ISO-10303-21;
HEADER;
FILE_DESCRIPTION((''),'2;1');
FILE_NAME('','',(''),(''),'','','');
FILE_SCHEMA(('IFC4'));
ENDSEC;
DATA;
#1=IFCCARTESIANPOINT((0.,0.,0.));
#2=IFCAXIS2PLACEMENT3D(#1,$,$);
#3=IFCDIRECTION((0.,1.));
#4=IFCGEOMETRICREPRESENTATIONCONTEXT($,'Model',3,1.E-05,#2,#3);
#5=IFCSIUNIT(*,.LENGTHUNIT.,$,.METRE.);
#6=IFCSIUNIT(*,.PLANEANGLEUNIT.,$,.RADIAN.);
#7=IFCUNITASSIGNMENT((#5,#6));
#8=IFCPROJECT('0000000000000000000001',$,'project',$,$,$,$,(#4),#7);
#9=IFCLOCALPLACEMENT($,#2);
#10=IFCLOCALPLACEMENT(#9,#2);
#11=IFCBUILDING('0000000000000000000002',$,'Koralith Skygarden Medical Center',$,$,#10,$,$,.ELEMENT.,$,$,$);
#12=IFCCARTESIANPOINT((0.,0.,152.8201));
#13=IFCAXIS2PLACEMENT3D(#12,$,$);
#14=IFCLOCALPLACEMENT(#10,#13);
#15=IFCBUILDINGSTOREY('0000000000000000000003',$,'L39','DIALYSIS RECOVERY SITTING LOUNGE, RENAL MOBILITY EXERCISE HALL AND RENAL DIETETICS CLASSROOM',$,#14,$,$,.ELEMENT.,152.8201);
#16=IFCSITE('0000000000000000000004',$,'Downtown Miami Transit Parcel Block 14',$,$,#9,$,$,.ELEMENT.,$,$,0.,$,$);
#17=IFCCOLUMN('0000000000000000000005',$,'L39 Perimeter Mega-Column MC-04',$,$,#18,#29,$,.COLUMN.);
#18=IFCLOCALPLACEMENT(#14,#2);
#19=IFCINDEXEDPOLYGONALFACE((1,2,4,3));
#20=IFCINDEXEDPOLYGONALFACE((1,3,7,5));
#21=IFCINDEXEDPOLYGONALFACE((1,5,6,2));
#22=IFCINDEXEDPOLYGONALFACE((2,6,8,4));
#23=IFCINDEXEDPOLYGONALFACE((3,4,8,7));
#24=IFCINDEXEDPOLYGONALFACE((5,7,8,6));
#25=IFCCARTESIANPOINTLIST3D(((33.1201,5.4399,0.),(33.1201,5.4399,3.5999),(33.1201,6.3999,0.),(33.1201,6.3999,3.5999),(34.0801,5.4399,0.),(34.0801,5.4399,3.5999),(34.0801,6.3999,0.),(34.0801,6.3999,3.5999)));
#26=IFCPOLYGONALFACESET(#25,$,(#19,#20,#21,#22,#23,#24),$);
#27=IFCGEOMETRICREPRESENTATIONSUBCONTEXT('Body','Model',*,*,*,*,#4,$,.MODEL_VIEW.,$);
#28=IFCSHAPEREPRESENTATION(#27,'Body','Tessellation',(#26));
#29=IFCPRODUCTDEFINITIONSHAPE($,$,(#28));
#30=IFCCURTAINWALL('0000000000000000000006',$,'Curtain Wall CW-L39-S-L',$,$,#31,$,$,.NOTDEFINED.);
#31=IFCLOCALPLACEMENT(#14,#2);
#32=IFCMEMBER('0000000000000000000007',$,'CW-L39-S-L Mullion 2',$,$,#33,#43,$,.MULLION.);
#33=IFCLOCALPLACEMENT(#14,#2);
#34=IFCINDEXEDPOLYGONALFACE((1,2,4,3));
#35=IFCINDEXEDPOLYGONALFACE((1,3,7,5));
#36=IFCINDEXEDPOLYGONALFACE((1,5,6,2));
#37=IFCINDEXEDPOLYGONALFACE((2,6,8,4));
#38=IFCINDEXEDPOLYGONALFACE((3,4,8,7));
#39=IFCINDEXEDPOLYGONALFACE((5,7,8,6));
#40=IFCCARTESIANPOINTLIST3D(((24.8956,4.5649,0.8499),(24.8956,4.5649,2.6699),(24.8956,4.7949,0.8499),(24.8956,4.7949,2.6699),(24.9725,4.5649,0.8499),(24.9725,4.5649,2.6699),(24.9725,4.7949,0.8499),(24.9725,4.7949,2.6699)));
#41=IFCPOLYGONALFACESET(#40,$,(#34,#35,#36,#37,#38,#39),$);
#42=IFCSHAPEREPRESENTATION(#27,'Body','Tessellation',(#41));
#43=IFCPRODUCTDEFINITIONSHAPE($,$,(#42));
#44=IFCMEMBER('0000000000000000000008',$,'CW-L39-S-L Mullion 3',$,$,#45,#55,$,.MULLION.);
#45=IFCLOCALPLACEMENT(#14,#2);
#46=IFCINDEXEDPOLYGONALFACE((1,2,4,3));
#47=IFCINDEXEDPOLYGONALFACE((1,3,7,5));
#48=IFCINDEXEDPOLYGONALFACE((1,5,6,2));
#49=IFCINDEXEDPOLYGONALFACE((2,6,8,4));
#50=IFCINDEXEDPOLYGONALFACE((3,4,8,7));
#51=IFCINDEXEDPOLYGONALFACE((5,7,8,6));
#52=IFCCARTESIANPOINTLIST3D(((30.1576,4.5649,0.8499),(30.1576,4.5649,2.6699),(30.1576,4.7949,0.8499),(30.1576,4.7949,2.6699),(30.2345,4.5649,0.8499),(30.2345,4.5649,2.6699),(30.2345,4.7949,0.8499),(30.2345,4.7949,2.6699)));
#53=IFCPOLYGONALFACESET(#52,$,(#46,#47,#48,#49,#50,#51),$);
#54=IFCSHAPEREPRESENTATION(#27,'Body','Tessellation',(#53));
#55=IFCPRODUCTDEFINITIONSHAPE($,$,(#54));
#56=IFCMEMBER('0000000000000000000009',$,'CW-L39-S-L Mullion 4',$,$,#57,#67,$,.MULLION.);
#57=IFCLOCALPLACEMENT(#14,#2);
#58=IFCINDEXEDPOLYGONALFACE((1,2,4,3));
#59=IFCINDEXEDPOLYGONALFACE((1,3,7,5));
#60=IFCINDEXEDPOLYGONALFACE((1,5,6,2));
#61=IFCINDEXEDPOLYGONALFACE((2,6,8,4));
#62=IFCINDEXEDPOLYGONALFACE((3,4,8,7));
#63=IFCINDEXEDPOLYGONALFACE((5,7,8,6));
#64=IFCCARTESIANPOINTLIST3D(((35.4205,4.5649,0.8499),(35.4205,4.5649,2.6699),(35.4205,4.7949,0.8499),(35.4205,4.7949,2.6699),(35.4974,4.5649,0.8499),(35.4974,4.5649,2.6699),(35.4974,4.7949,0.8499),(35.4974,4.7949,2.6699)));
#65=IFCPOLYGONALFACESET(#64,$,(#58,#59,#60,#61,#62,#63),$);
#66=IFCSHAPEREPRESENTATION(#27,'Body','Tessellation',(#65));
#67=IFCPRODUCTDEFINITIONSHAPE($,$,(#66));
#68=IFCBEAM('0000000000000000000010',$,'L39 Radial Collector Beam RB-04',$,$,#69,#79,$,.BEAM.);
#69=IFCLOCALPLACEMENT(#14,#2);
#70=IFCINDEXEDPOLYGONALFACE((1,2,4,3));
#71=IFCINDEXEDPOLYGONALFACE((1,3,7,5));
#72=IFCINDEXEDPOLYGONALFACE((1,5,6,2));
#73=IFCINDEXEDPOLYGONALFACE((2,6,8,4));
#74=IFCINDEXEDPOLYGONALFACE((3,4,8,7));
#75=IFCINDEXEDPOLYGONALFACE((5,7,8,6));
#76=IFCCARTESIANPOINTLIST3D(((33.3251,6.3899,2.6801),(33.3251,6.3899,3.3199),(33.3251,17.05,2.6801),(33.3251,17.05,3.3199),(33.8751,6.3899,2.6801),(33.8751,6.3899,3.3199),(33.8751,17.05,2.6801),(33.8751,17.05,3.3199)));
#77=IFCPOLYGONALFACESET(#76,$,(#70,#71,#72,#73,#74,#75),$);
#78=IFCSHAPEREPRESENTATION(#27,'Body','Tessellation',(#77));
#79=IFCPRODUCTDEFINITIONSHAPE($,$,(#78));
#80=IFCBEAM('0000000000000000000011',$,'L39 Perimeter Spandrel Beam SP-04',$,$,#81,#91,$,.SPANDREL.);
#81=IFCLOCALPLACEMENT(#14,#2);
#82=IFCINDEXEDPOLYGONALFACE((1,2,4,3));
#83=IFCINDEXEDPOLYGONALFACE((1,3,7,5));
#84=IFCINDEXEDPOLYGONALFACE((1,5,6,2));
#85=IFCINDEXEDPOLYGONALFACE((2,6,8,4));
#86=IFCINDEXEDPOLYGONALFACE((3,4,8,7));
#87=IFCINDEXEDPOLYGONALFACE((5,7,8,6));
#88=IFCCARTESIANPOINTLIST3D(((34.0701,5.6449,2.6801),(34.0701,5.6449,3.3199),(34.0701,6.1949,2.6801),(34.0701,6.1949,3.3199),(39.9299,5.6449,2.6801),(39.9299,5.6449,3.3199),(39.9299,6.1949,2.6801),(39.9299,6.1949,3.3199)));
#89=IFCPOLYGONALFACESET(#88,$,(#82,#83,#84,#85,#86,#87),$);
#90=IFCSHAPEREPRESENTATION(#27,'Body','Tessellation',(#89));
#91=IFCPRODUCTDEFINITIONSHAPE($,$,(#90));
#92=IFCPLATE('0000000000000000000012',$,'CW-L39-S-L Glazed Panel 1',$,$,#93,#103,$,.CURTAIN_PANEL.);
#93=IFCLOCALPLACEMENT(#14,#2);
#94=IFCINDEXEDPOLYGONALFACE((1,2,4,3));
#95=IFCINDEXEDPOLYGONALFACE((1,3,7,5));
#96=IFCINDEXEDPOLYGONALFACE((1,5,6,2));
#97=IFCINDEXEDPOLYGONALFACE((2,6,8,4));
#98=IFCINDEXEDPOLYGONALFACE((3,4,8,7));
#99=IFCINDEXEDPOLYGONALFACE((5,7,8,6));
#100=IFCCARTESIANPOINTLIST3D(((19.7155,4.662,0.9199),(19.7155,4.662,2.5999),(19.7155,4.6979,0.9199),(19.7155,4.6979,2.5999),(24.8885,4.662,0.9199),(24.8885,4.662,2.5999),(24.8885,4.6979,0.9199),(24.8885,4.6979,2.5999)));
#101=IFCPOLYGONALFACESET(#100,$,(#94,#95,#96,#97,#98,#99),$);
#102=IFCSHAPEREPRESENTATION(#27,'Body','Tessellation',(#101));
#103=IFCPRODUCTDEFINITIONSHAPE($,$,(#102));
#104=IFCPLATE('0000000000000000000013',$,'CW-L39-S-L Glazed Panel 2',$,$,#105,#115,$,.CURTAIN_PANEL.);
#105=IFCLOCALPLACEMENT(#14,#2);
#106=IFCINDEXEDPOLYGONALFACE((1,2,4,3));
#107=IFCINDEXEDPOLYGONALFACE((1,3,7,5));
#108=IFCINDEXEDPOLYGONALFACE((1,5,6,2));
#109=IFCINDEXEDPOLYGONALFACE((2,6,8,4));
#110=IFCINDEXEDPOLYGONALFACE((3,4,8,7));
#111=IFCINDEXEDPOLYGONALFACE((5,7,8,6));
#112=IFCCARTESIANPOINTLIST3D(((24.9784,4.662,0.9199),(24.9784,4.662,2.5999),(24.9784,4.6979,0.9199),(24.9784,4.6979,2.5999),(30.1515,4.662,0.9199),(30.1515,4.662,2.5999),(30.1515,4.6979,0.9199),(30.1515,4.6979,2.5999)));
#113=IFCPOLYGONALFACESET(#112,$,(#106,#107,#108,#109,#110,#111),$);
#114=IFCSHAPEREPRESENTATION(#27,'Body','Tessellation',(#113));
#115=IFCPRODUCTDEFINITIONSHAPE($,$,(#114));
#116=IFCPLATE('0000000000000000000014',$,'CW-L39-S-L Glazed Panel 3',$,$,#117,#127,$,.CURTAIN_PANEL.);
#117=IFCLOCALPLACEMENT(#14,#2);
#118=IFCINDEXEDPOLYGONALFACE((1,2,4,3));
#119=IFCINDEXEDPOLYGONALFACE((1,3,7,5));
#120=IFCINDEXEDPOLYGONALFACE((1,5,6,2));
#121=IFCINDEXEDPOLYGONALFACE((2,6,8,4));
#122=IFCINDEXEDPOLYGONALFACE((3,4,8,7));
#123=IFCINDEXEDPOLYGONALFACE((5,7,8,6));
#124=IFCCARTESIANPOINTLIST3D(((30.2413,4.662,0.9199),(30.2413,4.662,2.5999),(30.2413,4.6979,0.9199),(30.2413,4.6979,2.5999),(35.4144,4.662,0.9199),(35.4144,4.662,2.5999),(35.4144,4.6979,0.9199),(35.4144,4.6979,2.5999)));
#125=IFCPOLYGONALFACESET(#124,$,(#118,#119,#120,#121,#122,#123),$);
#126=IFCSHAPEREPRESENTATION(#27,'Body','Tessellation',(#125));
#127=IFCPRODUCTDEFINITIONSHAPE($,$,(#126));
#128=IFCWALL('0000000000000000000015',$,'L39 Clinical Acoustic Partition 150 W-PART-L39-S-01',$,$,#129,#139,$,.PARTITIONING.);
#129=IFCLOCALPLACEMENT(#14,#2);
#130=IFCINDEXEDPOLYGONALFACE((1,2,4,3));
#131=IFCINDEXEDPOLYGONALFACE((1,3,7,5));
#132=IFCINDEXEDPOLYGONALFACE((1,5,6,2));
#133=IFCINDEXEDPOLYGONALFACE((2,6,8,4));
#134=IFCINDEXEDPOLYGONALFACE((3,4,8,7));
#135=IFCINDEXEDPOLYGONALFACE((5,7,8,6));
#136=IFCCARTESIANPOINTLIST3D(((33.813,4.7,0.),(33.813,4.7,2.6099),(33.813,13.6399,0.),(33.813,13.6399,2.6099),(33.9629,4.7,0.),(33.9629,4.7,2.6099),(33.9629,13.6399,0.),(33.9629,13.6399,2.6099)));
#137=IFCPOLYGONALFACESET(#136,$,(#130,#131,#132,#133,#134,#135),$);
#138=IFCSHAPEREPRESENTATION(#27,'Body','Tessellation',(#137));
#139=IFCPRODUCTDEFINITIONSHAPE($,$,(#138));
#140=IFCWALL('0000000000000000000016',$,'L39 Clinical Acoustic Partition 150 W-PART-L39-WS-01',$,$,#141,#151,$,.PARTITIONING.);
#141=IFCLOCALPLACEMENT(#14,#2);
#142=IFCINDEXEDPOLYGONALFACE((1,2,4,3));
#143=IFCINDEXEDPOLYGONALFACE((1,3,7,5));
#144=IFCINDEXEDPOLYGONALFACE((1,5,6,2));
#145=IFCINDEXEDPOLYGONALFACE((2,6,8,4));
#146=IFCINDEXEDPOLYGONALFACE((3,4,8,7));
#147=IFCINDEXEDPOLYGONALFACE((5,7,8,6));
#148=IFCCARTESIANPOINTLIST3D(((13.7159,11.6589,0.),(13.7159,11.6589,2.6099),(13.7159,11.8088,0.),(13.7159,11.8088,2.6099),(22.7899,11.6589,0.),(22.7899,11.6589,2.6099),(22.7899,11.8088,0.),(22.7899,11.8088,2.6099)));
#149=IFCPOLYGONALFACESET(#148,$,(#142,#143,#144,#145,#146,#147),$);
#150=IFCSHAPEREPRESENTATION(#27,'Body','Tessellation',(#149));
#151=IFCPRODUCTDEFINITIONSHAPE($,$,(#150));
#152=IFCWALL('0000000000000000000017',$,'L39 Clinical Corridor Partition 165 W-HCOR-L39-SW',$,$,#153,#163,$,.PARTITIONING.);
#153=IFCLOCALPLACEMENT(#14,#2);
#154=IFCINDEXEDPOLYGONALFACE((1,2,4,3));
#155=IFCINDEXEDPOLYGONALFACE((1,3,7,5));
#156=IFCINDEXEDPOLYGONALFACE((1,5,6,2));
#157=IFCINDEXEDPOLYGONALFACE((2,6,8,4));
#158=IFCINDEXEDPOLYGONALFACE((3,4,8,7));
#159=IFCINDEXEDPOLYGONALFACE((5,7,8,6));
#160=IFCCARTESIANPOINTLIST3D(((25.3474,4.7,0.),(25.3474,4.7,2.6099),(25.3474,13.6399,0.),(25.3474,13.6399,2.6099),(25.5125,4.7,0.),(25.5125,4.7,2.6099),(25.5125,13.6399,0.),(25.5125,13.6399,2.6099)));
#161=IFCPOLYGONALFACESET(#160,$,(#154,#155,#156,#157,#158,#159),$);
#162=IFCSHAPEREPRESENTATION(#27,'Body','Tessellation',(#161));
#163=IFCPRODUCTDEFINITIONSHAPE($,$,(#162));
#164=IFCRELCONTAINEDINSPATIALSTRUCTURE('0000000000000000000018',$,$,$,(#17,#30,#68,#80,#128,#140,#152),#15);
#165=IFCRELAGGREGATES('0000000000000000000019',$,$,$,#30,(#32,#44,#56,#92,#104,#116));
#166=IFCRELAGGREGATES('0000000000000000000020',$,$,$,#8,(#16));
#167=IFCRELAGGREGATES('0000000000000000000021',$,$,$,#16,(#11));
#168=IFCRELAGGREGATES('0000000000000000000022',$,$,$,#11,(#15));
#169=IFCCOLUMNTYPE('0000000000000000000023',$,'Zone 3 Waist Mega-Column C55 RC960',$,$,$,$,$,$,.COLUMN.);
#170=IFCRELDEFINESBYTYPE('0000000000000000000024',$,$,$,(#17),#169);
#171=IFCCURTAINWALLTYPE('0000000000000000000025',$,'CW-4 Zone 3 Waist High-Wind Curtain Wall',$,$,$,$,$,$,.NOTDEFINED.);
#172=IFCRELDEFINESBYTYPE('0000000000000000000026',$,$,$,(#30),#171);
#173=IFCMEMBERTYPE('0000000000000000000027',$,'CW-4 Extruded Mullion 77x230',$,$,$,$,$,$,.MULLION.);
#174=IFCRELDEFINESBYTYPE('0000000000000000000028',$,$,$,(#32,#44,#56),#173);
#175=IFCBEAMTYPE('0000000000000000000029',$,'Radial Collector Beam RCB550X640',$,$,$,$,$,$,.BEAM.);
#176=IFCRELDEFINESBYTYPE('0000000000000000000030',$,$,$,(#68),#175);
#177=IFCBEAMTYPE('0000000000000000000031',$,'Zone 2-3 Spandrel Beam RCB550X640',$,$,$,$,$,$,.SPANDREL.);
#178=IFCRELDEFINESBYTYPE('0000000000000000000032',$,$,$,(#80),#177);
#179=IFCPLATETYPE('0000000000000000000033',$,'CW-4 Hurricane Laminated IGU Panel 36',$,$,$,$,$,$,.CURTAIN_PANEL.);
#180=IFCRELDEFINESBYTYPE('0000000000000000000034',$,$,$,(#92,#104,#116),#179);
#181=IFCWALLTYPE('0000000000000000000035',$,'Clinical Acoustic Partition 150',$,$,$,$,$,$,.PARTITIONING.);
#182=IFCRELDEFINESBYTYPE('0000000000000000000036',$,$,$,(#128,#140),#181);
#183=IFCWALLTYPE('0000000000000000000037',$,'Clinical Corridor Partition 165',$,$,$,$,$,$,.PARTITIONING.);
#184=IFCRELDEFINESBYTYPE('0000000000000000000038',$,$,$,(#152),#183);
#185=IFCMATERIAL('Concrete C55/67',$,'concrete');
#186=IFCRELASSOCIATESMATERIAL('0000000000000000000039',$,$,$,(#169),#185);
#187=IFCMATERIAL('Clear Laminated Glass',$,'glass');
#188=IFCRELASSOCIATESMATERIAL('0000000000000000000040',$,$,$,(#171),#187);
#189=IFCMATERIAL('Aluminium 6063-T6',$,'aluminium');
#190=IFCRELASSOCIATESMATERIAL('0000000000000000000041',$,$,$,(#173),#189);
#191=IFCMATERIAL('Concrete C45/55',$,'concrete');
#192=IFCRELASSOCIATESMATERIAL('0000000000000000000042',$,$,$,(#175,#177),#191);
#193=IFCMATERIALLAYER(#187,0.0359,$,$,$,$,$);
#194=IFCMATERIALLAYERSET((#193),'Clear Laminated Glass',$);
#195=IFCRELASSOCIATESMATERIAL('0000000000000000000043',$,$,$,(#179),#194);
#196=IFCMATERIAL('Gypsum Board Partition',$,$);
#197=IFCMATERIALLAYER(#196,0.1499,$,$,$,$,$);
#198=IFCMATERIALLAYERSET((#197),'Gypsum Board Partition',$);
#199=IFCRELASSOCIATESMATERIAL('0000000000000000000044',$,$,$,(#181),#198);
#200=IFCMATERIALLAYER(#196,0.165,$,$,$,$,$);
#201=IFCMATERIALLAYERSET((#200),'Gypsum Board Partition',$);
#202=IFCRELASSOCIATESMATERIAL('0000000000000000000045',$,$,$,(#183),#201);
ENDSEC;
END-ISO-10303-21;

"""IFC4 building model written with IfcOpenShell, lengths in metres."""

from ifc_helpers import new_model, si_unit, direction, frame, frame_2d, origin, origin_2d, place, context, subcontext, project, spatial, rectangle, extrude, material, layer, layer_set, material_profile, profile_set, type_object, element, aggregate, save


model = new_model("IFC4")

# Units and contexts
model_context = context("Model", 3, precision=1e-05, world=origin(), true_north=direction((0.0, 1.0)))
body_context = subcontext(model_context, "Body", "Model", "MODEL_VIEW")
ifc_project = project(units=[si_unit("LENGTHUNIT", "METRE"), si_unit("PLANEANGLEUNIT", "RADIAN")], contexts=[model_context])

# Site, building, storey
site_placement = place(None, origin())
site = spatial("IfcSite", under=ifc_project, at=site_placement, Name="Downtown Miami Transit Parcel Block 14", CompositionType="ELEMENT", RefElevation=0.0)
building_placement = place(site_placement, origin())
building = spatial("IfcBuilding", under=site, at=building_placement, Name="Koralith Skygarden Medical Center", CompositionType="ELEMENT")
storey_placement = place(building_placement, frame((0.0, 0.0, 152.8201)))
storey = spatial("IfcBuildingStorey", under=building, at=storey_placement, Name="L39", Description="DIALYSIS RECOVERY SITTING LOUNGE, RENAL MOBILITY EXERCISE HALL AND RENAL DIETETICS CLASSROOM", CompositionType="ELEMENT", Elevation=152.8201)

# Column
ifc_material_1 = material(Name="Concrete C55/67", Category="concrete")
ifc_material_profile_1 = material_profile(ifc_material_1, rectangle(XDim=0.96, YDim=0.96, at=origin_2d()), Name="RC960X960")
ifc_profile_set_1 = profile_set([ifc_material_profile_1], Name="Concrete C55/67")
column_type = type_object("IfcColumnType", Name="Zone 3 Waist Mega-Column C55 RC960", PredefinedType="COLUMN", material=ifc_profile_set_1)
column_placement = place(storey_placement, frame((33.6001, 5.9199, 0.0), z_axis=(0.0, 0.0, 1.0), x_axis=(1.0, 0.0, 0.0)))
element("IfcColumn", 1, at=column_placement, inside=storey, type_object=column_type, Name="L39 Perimeter Mega-Column MC-04", PredefinedType="COLUMN", context=body_context, shape_type="SweptSolid", body=[
    extrude(rectangle(XDim=0.96, YDim=0.96, at=origin_2d()), origin(), (0.0, 0.0, 1.0), 3.5999),
])

# Curtain wall, members
ifc_material_2 = material(Name="Clear Laminated Glass", Category="glass")
curtain_wall_type = type_object("IfcCurtainWallType", Name="CW-4 Zone 3 Waist High-Wind Curtain Wall", PredefinedType="NOTDEFINED", material=ifc_material_2)
curtain_wall_placement = place(storey_placement, origin())
curtain_wall = element("IfcCurtainWall", 2, at=curtain_wall_placement, inside=storey, type_object=curtain_wall_type, Name="Curtain Wall CW-L39-S-L", PredefinedType="NOTDEFINED")
ifc_material_3 = material(Name="Aluminium 6063-T6", Category="aluminium")
ifc_material_profile_2 = material_profile(ifc_material_3, rectangle(XDim=0.0769, YDim=0.23, at=origin_2d()), Name="MUL77X230")
ifc_profile_set_2 = profile_set([ifc_material_profile_2], Name="Aluminium 6063-T6")
member_type = type_object("IfcMemberType", Name="CW-4 Extruded Mullion 77x230", PredefinedType="MULLION", material=ifc_profile_set_2)
member_1_placement = place(storey_placement, frame((24.9341, 4.6799, 0.8499), z_axis=(0.0, 0.0, 1.0), x_axis=(1.0, 0.0, 0.0)))
member_1 = element("IfcMember", 3, at=member_1_placement, type_object=member_type, Name="CW-L39-S-L Mullion 2", PredefinedType="MULLION", context=body_context, shape_type="SweptSolid", body=[
    extrude(rectangle(XDim=0.0769, YDim=0.23, at=origin_2d()), origin(), (0.0, 0.0, 1.0), 1.8201),
])
member_2_placement = place(storey_placement, frame((30.196, 4.6799, 0.8499), z_axis=(0.0, 0.0, 1.0), x_axis=(1.0, 0.0, 0.0)))
member_2 = element("IfcMember", 4, at=member_2_placement, type_object=member_type, Name="CW-L39-S-L Mullion 3", PredefinedType="MULLION", context=body_context, shape_type="SweptSolid", body=[
    extrude(rectangle(XDim=0.0769, YDim=0.23, at=origin_2d()), origin(), (0.0, 0.0, 1.0), 1.8201),
])
member_3_placement = place(storey_placement, frame((35.459, 4.6799, 0.8499), z_axis=(0.0, 0.0, 1.0), x_axis=(1.0, 0.0, 0.0)))
member_3 = element("IfcMember", 5, at=member_3_placement, type_object=member_type, Name="CW-L39-S-L Mullion 4", PredefinedType="MULLION", context=body_context, shape_type="SweptSolid", body=[
    extrude(rectangle(XDim=0.0769, YDim=0.23, at=origin_2d()), origin(), (0.0, 0.0, 1.0), 1.8201),
])

# Beams
ifc_material_4 = material(Name="Concrete C45/55", Category="concrete")
ifc_material_profile_3 = material_profile(ifc_material_4, rectangle(XDim=0.55, YDim=0.6399, at=origin_2d()), Name="RCB550X640")
ifc_profile_set_3 = profile_set([ifc_material_profile_3], Name="Concrete C45/55")
beam_type_1 = type_object("IfcBeamType", Name="Radial Collector Beam RCB550X640", PredefinedType="BEAM", material=ifc_profile_set_3)
beam_1_placement = place(storey_placement, frame((33.6001, 17.05, 3.0), z_axis=(0.0, -1.0, 0.0), x_axis=(1.0, 0.0, 0.0)))
element("IfcBeam", 6, at=beam_1_placement, inside=storey, type_object=beam_type_1, Name="L39 Radial Collector Beam RB-04", PredefinedType="BEAM", context=body_context, shape_type="SweptSolid", body=[
    extrude(rectangle(XDim=0.55, YDim=0.6399, at=origin_2d()), origin(), (0.0, 0.0, 1.0), 10.6602),
])
ifc_material_profile_4 = material_profile(ifc_material_4, rectangle(XDim=0.55, YDim=0.6399, at=origin_2d()), Name="RCB550X640")
ifc_profile_set_4 = profile_set([ifc_material_profile_4], Name="Concrete C45/55")
beam_type_2 = type_object("IfcBeamType", Name="Zone 2-3 Spandrel Beam RCB550X640", PredefinedType="SPANDREL", material=ifc_profile_set_4)
beam_2_placement = place(storey_placement, frame((34.0701, 5.9199, 3.0), z_axis=(1.0, 0.0, 0.0), x_axis=(0.0, 1.0, 0.0)))
element("IfcBeam", 7, at=beam_2_placement, inside=storey, type_object=beam_type_2, Name="L39 Perimeter Spandrel Beam SP-04", PredefinedType="SPANDREL", context=body_context, shape_type="SweptSolid", body=[
    extrude(rectangle(XDim=0.55, YDim=0.6399, at=origin_2d()), origin(), (0.0, 0.0, 1.0), 5.8599),
])

# Plates
ifc_layer_1 = layer(ifc_material_2, 0.0359)
ifc_layer_set_1 = layer_set([ifc_layer_1], Name="Clear Laminated Glass")
plate_type = type_object("IfcPlateType", Name="CW-4 Hurricane Laminated IGU Panel 36", PredefinedType="CURTAIN_PANEL", material=ifc_layer_set_1)
plate_1_placement = place(storey_placement, frame((22.302, 4.6799, 0.9199), z_axis=(0.0, 0.0, 1.0), x_axis=(1.0, 0.0, 0.0)))
plate_1 = element("IfcPlate", 8, at=plate_1_placement, type_object=plate_type, Name="CW-L39-S-L Glazed Panel 1", PredefinedType="CURTAIN_PANEL", context=body_context, shape_type="SweptSolid", body=[
    extrude(rectangle(XDim=5.1731, YDim=0.0359, at=origin_2d()), origin(), (0.0, 0.0, 1.0), 1.6799),
])
plate_2_placement = place(storey_placement, frame((27.5649, 4.6799, 0.9199), z_axis=(0.0, 0.0, 1.0), x_axis=(1.0, 0.0, 0.0)))
plate_2 = element("IfcPlate", 9, at=plate_2_placement, type_object=plate_type, Name="CW-L39-S-L Glazed Panel 2", PredefinedType="CURTAIN_PANEL", context=body_context, shape_type="SweptSolid", body=[
    extrude(rectangle(XDim=5.1731, YDim=0.0359, at=origin_2d()), origin(), (0.0, 0.0, 1.0), 1.6799),
])
plate_3_placement = place(storey_placement, frame((32.8279, 4.6799, 0.9199), z_axis=(0.0, 0.0, 1.0), x_axis=(1.0, 0.0, 0.0)))
plate_3 = element("IfcPlate", 10, at=plate_3_placement, type_object=plate_type, Name="CW-L39-S-L Glazed Panel 3", PredefinedType="CURTAIN_PANEL", context=body_context, shape_type="SweptSolid", body=[
    extrude(rectangle(XDim=5.1731, YDim=0.0359, at=origin_2d()), origin(), (0.0, 0.0, 1.0), 1.6799),
])
aggregate(curtain_wall, [member_1, member_2, member_3, plate_1, plate_2, plate_3])

# Walls
ifc_material_5 = material(Name="Gypsum Board Partition")
ifc_layer_2 = layer(ifc_material_5, 0.1499)
ifc_layer_set_2 = layer_set([ifc_layer_2], Name="Gypsum Board Partition")
wall_type_1 = type_object("IfcWallType", Name="Clinical Acoustic Partition 150", PredefinedType="PARTITIONING", material=ifc_layer_set_2)
wall_1_placement = place(storey_placement, frame((33.8879, 13.6399, 0.0), z_axis=(0.0, 0.0, 1.0), x_axis=(0.0, -1.0, 0.0)))
element("IfcWall", 11, at=wall_1_placement, inside=storey, type_object=wall_type_1, Name="L39 Clinical Acoustic Partition 150 W-PART-L39-S-01", PredefinedType="PARTITIONING", context=body_context, shape_type="SweptSolid", body=[
    extrude(rectangle(XDim=8.9399, YDim=0.1499, at=frame_2d((4.47, 0.0))), origin(), (0.0, 0.0, 1.0), 2.6099),
])
wall_2_placement = place(storey_placement, frame((22.79, 11.7339, 0.0), z_axis=(0.0, 0.0, 1.0), x_axis=(-1.0, 0.0, 0.0)))
element("IfcWall", 12, at=wall_2_placement, inside=storey, type_object=wall_type_1, Name="L39 Clinical Acoustic Partition 150 W-PART-L39-WS-01", PredefinedType="PARTITIONING", context=body_context, shape_type="SweptSolid", body=[
    extrude(rectangle(XDim=9.074, YDim=0.1499, at=frame_2d((4.5371, 0.0))), origin(), (0.0, 0.0, 1.0), 2.6099),
])
ifc_layer_3 = layer(ifc_material_5, 0.165)
ifc_layer_set_3 = layer_set([ifc_layer_3], Name="Gypsum Board Partition")
wall_type_2 = type_object("IfcWallType", Name="Clinical Corridor Partition 165", PredefinedType="PARTITIONING", material=ifc_layer_set_3)
wall_3_placement = place(storey_placement, frame((25.4299, 4.7, 0.0), z_axis=(0.0, 0.0, 1.0), x_axis=(0.0, 1.0, 0.0)))
element("IfcWall", 13, at=wall_3_placement, inside=storey, type_object=wall_type_2, Name="L39 Clinical Corridor Partition 165 W-HCOR-L39-SW", PredefinedType="PARTITIONING", context=body_context, shape_type="SweptSolid", body=[
    extrude(rectangle(XDim=8.9399, YDim=0.165, at=frame_2d((4.47, 0.0))), origin(), (0.0, 0.0, 1.0), 2.6099),
])

save(model, "model.ifc")
